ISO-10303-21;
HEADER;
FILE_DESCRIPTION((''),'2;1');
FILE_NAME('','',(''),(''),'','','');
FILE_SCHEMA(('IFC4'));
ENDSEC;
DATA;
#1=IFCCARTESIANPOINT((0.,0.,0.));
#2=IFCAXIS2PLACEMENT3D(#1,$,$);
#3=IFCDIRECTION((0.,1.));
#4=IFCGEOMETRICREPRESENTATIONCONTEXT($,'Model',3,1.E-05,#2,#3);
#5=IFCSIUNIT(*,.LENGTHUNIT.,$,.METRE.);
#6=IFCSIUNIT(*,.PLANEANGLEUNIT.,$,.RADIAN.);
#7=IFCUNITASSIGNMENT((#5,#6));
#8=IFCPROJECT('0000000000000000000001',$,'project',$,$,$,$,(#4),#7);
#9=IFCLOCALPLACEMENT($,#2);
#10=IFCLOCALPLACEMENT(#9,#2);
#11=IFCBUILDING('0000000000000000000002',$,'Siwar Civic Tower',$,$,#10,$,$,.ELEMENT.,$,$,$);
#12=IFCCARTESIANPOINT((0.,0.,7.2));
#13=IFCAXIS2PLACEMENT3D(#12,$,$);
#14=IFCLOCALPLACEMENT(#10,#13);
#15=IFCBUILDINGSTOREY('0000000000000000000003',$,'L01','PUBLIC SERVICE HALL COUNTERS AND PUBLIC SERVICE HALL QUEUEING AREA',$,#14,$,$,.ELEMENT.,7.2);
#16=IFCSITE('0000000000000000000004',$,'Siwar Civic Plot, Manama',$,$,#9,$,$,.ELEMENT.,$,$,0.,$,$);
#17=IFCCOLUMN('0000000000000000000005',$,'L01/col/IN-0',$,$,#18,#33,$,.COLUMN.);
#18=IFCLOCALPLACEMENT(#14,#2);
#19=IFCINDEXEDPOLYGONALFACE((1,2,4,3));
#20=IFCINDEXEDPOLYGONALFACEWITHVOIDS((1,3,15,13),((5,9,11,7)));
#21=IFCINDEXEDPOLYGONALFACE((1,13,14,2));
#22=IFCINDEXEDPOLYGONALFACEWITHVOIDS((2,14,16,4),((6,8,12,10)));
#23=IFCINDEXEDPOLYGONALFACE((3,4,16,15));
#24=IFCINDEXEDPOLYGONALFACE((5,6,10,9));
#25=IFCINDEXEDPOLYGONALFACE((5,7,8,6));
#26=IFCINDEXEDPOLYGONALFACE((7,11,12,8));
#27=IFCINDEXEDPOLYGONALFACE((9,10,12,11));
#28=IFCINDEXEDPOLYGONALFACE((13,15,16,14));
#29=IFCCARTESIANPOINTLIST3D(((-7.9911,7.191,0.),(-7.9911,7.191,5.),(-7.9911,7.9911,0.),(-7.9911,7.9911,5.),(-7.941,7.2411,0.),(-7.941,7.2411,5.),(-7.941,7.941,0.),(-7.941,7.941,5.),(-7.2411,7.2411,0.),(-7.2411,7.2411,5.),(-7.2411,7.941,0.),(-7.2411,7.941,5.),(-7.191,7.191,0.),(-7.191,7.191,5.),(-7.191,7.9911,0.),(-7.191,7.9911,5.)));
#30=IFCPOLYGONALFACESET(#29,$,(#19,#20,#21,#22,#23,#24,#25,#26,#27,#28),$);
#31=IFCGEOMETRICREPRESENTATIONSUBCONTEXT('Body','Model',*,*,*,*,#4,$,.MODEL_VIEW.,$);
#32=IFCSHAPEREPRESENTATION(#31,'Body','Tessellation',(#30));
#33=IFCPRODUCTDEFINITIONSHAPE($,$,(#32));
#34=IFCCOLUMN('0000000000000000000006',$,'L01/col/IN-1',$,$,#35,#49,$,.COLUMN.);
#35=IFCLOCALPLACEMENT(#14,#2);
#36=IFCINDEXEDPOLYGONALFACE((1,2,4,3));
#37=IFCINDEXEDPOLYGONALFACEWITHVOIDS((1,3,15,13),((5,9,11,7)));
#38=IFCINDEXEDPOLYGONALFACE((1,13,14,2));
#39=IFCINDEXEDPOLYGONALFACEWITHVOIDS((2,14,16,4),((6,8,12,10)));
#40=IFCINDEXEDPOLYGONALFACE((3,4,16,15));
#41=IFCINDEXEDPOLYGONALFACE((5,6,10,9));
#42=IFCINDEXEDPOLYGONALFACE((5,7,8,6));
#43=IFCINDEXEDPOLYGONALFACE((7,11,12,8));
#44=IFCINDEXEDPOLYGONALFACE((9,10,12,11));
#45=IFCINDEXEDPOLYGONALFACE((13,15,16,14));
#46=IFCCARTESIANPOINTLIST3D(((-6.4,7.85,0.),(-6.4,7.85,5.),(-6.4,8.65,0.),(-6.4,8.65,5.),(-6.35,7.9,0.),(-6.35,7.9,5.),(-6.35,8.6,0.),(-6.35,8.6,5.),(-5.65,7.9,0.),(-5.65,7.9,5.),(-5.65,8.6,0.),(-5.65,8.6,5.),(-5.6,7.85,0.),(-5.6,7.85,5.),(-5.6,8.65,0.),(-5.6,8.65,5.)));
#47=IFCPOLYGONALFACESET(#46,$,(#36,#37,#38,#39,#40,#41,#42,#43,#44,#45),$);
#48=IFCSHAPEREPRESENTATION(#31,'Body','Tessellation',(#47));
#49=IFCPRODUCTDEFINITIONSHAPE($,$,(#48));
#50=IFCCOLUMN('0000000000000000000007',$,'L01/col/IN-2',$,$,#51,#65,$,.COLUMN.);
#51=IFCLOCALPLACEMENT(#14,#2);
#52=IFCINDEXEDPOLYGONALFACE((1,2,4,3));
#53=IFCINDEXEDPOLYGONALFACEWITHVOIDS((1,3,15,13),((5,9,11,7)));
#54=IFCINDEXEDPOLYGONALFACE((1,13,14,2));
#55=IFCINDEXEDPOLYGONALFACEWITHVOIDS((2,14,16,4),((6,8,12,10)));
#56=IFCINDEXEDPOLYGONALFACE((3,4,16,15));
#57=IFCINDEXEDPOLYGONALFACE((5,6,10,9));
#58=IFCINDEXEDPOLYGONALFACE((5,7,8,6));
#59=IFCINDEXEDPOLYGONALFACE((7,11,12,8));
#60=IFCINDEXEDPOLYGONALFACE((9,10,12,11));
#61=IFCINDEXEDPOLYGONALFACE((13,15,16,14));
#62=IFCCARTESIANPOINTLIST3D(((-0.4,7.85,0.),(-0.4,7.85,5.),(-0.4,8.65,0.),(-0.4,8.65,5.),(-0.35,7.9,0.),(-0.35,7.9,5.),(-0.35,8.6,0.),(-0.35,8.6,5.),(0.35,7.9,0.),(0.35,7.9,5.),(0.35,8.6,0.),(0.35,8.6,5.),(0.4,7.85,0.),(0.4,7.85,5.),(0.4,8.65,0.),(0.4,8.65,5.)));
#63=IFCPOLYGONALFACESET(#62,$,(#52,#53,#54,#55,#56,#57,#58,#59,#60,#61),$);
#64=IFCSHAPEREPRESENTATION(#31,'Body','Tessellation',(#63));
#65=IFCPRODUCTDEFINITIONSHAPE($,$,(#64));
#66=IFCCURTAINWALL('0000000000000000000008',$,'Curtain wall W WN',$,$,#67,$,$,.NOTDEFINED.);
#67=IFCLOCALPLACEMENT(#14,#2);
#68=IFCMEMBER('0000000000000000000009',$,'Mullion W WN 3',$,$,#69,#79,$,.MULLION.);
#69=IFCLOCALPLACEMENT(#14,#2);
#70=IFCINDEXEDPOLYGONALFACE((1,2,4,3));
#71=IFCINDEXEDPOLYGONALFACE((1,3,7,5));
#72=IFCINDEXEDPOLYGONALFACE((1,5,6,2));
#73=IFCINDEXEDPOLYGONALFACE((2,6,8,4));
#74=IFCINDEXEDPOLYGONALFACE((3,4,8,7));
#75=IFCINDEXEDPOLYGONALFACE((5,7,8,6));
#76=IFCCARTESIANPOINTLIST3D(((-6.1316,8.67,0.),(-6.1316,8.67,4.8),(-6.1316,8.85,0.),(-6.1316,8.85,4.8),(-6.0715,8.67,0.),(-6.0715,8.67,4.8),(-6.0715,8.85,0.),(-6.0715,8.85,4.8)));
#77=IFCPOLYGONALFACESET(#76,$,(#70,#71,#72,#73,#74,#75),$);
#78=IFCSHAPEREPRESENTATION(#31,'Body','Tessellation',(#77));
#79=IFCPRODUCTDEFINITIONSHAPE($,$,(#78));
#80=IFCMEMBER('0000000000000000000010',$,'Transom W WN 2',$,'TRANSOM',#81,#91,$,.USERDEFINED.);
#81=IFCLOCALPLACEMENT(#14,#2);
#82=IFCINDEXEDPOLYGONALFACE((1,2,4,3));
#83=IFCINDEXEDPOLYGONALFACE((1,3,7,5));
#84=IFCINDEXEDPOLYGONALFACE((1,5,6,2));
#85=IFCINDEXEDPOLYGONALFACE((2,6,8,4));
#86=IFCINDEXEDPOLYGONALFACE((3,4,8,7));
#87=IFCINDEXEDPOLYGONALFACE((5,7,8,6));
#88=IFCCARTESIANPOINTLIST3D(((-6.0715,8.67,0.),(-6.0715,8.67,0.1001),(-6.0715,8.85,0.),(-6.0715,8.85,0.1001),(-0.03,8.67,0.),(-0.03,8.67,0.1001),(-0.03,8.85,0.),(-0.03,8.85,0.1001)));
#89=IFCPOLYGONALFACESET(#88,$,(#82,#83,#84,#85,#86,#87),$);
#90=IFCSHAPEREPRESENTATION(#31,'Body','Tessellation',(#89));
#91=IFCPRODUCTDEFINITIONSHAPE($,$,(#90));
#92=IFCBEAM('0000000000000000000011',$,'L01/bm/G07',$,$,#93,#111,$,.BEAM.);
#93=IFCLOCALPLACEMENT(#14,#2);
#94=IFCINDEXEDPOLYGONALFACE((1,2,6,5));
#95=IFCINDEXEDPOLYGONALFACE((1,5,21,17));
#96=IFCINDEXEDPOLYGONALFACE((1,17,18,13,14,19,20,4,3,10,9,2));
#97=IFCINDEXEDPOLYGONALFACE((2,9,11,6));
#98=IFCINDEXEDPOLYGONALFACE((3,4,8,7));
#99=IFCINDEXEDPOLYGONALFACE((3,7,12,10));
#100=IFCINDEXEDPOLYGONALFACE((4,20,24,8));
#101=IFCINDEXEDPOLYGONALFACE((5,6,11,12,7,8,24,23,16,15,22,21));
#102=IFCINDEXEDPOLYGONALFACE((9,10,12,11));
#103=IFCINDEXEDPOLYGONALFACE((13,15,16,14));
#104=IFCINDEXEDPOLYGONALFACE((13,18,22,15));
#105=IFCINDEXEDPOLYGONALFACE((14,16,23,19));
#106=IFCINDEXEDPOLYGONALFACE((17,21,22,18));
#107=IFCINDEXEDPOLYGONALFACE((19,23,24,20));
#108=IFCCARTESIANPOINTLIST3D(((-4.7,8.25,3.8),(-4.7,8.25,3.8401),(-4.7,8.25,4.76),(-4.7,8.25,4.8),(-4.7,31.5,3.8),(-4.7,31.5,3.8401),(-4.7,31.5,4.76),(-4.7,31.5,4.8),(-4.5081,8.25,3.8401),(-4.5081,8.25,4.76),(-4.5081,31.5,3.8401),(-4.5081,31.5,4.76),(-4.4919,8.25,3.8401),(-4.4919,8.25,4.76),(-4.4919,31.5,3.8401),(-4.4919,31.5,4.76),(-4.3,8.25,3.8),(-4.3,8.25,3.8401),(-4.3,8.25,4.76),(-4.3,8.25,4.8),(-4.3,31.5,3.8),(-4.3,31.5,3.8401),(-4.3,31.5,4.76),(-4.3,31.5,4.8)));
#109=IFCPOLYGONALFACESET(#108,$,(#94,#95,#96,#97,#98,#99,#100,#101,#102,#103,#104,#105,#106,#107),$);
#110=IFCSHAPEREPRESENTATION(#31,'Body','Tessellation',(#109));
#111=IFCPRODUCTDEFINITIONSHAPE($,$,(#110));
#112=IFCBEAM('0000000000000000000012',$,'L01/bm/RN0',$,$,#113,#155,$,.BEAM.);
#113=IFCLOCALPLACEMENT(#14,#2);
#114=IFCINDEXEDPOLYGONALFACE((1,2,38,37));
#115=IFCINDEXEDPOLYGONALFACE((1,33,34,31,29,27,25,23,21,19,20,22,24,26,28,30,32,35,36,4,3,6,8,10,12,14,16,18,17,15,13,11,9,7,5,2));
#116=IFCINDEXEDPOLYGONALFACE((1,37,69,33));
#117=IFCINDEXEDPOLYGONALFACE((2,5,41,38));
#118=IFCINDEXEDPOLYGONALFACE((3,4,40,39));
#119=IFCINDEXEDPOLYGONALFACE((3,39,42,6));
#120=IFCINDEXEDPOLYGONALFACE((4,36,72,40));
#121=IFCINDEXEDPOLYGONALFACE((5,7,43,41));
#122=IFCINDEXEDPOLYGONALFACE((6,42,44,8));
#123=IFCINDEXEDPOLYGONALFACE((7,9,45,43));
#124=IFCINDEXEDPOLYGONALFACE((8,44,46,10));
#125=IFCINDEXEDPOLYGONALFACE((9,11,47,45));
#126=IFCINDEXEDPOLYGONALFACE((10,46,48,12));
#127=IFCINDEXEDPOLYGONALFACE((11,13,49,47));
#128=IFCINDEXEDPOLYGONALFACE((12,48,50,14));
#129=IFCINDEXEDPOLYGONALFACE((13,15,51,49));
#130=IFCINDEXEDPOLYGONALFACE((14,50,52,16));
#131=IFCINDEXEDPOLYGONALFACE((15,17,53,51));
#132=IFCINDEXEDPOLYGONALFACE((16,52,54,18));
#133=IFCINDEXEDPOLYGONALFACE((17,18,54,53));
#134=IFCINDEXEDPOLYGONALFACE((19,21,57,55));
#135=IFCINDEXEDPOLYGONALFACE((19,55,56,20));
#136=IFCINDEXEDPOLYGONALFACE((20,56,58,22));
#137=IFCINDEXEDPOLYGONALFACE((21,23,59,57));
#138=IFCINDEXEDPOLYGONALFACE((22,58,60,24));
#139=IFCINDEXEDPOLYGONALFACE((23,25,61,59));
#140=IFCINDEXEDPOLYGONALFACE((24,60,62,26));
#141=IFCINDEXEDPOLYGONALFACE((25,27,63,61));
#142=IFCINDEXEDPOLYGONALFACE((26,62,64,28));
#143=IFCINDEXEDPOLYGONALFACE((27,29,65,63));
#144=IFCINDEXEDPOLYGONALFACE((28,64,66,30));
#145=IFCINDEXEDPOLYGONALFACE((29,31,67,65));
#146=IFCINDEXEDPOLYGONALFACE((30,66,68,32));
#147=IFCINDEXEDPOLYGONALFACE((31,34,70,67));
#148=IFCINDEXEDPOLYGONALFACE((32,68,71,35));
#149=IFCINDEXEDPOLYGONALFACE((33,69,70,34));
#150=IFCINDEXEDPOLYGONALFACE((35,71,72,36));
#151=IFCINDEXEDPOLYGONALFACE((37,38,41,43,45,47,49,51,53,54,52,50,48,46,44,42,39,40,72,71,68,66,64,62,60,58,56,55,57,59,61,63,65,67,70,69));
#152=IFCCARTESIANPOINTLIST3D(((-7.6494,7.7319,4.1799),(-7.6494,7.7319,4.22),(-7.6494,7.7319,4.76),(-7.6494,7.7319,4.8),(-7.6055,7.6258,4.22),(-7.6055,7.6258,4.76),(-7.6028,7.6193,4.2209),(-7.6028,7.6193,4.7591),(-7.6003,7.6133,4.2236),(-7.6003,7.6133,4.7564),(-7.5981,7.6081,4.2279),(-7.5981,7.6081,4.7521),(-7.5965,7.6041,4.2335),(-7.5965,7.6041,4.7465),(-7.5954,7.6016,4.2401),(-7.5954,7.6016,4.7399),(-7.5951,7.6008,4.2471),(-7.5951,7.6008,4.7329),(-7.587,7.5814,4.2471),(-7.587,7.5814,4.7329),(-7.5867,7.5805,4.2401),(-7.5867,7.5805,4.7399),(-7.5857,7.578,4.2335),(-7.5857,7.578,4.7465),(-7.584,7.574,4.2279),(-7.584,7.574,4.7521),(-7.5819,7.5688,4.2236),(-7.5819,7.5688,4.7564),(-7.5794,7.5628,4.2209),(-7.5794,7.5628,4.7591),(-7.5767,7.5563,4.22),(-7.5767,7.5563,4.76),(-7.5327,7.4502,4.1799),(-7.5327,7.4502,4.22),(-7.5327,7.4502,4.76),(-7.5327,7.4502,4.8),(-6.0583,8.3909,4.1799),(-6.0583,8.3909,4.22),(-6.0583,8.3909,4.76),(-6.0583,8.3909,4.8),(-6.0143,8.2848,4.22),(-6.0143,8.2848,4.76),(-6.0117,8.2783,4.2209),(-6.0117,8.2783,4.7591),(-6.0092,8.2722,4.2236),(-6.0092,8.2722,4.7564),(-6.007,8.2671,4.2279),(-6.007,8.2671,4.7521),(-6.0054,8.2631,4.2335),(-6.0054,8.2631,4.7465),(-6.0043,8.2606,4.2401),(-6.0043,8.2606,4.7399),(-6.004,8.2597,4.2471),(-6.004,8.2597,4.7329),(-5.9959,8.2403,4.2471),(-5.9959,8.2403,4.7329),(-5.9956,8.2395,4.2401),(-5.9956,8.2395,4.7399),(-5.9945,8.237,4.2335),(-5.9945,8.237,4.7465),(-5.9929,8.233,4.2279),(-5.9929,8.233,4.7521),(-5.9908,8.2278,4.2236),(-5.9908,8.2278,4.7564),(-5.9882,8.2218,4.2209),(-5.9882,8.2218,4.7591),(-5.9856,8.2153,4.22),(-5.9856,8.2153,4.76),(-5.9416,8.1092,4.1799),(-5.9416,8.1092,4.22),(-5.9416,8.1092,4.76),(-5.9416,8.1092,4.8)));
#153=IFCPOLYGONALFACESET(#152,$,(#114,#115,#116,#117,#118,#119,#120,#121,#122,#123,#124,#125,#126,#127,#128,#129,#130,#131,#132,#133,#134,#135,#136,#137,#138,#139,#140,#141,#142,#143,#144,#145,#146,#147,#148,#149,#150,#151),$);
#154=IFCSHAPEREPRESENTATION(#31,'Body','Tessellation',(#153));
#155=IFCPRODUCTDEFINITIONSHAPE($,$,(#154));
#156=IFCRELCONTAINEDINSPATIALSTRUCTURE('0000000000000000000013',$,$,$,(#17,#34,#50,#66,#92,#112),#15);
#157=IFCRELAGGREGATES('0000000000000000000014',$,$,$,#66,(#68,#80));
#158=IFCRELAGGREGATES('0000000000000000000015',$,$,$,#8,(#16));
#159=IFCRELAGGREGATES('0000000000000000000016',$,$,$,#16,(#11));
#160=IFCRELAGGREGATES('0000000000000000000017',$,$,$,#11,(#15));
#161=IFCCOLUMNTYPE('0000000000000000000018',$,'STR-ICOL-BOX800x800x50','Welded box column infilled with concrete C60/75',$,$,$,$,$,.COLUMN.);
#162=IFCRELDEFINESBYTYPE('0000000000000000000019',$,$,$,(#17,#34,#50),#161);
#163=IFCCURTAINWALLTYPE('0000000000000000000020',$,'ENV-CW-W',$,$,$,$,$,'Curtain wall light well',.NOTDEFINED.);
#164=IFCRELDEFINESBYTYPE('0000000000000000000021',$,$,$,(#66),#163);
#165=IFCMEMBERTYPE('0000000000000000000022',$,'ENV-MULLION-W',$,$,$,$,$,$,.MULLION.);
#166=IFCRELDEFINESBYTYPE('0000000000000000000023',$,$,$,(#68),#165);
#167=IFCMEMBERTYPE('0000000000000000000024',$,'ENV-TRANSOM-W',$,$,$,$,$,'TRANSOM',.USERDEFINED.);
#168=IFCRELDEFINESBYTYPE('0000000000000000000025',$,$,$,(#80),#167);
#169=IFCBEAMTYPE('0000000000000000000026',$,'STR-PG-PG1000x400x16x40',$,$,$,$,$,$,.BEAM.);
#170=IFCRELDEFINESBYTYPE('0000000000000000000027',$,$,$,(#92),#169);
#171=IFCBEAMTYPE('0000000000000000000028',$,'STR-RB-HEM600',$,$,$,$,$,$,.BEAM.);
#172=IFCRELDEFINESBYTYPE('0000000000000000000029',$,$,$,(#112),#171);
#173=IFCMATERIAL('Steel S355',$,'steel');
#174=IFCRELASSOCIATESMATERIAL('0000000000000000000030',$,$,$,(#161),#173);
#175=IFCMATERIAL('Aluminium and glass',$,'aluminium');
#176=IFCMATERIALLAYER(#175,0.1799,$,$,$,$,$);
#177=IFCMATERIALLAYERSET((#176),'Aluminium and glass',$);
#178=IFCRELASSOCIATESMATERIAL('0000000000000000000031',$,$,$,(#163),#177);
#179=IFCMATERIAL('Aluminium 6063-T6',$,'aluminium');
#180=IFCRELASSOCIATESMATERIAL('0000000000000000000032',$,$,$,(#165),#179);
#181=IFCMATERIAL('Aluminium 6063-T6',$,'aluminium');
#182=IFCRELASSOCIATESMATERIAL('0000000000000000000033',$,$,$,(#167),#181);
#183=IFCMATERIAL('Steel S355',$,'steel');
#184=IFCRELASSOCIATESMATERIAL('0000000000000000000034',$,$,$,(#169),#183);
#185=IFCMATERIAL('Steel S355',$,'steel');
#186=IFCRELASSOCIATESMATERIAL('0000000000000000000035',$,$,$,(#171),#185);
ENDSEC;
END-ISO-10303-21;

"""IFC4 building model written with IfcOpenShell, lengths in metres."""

from ifc_helpers import new_model, si_unit, direction, frame, origin, origin_2d, place, context, subcontext, project, spatial, rectangle, hollow_rectangle, i_section, extrude, material, layer, layer_set, material_profile, profile_set, type_object, element, aggregate, save


model = new_model("IFC4")

# Units and contexts
model_context = context("Model", 3, precision=1e-05, world=origin(), true_north=direction((0.0, 1.0)))
body_context = subcontext(model_context, "Body", "Model", "MODEL_VIEW")
ifc_project = project(units=[si_unit("LENGTHUNIT", "METRE"), si_unit("PLANEANGLEUNIT", "RADIAN")], contexts=[model_context])

# Site, building, storey
site_placement = place(None, origin())
site = spatial("IfcSite", under=ifc_project, at=site_placement, Name="Siwar Civic Plot, Manama", CompositionType="ELEMENT", RefElevation=0.0)
building_placement = place(site_placement, origin())
building = spatial("IfcBuilding", under=site, at=building_placement, Name="Siwar Civic Tower", CompositionType="ELEMENT")
storey_placement = place(building_placement, frame((0.0, 0.0, 7.2)))
storey = spatial("IfcBuildingStorey", under=building, at=storey_placement, Name="L01", Description="PUBLIC SERVICE HALL COUNTERS AND PUBLIC SERVICE HALL QUEUEING AREA", CompositionType="ELEMENT", Elevation=7.2)

# Columns
ifc_material_1 = material(Name="Steel S355", Category="steel")
ifc_material_profile_1 = material_profile(ifc_material_1, hollow_rectangle(XDim=0.8, YDim=0.8, WallThickness=0.05, at=origin_2d()), Name="BOX800x800x50")
ifc_profile_set_1 = profile_set([ifc_material_profile_1], Name="Steel S355")
column_type = type_object("IfcColumnType", Name="STR-ICOL-BOX800x800x50", Description="Welded box column infilled with concrete C60/75", PredefinedType="COLUMN", material=ifc_profile_set_1)
for number, where, z_axis, x_axis, name in (
    (1, (-7.5911, 7.5911, 0.0), (0.0, 0.0, 1.0), (1.0, 0.0, 0.0), "L01/col/IN-0"),
    (2, (-6.0, 8.25, 0.0), (0.0, 0.0, 1.0), (1.0, 0.0, 0.0), "L01/col/IN-1"),
    (3, (0.0, 8.25, 0.0), (0.0, 0.0, 1.0), (1.0, 0.0, 0.0), "L01/col/IN-2"),
):
    element("IfcColumn", number, at=place(storey_placement, frame(where, z_axis=z_axis, x_axis=x_axis)), inside=storey, type_object=column_type, Name=name, PredefinedType="COLUMN", context=body_context, shape_type="SweptSolid", body=[
        extrude(hollow_rectangle(XDim=0.8, YDim=0.8, WallThickness=0.05, at=origin_2d()), origin(), (0.0, 0.0, 1.0), 5.0),
    ])

# Curtain wall, members
ifc_material_2 = material(Name="Aluminium and glass", Category="aluminium")
ifc_layer_1 = layer(ifc_material_2, 0.1799)
ifc_layer_set_1 = layer_set([ifc_layer_1], Name="Aluminium and glass")
curtain_wall_type = type_object("IfcCurtainWallType", Name="ENV-CW-W", ElementType="Curtain wall light well", PredefinedType="NOTDEFINED", material=ifc_layer_set_1)
curtain_wall_placement = place(storey_placement, origin())
curtain_wall = element("IfcCurtainWall", 4, at=curtain_wall_placement, inside=storey, type_object=curtain_wall_type, Name="Curtain wall W WN", PredefinedType="NOTDEFINED")
ifc_material_3 = material(Name="Aluminium 6063-T6", Category="aluminium")
ifc_material_profile_2 = material_profile(ifc_material_3, rectangle(XDim=0.1799, YDim=0.0601, at=origin_2d()), Name="AL 180x60")
ifc_profile_set_2 = profile_set([ifc_material_profile_2], Name="Aluminium 6063-T6")
member_type_1 = type_object("IfcMemberType", Name="ENV-MULLION-W", PredefinedType="MULLION", material=ifc_profile_set_2)
member_1_placement = place(storey_placement, frame((-6.1016, 8.76, 0.0), z_axis=(0.0, 0.0, 1.0), x_axis=(0.0, -1.0, 0.0)))
member_1 = element("IfcMember", 5, at=member_1_placement, type_object=member_type_1, Name="Mullion W WN 3", PredefinedType="MULLION", context=body_context, shape_type="SweptSolid", body=[
    extrude(rectangle(XDim=0.1799, YDim=0.0601, at=origin_2d()), origin(), (0.0, 0.0, 1.0), 4.8),
])
ifc_material_4 = material(Name="Aluminium 6063-T6", Category="aluminium")
ifc_material_profile_3 = material_profile(ifc_material_4, rectangle(XDim=0.1799, YDim=0.1001, at=origin_2d()), Name="AL 180x100")
ifc_profile_set_3 = profile_set([ifc_material_profile_3], Name="Aluminium 6063-T6")
member_type_2 = type_object("IfcMemberType", Name="ENV-TRANSOM-W", ElementType="TRANSOM", PredefinedType="USERDEFINED", material=ifc_profile_set_3)
member_2_placement = place(storey_placement, frame((-0.03, 8.76, 0.05), z_axis=(-1.0, 0.0, 0.0), x_axis=(0.0, -1.0, 0.0)))
member_2 = element("IfcMember", 6, at=member_2_placement, type_object=member_type_2, Name="Transom W WN 2", ObjectType="TRANSOM", PredefinedType="USERDEFINED", context=body_context, shape_type="SweptSolid", body=[
    extrude(rectangle(XDim=0.1799, YDim=0.1001, at=origin_2d()), origin(), (0.0, 0.0, 1.0), 6.0415),
])

# Beams
ifc_material_5 = material(Name="Steel S355", Category="steel")
ifc_material_profile_4 = material_profile(ifc_material_5, i_section(OverallWidth=0.3999, OverallDepth=1.0, WebThickness=0.0161, FlangeThickness=0.04, at=origin_2d()), Name="PG1000x400x16x40")
ifc_profile_set_4 = profile_set([ifc_material_profile_4], Name="Steel S355")
beam_type_1 = type_object("IfcBeamType", Name="STR-PG-PG1000x400x16x40", PredefinedType="BEAM", material=ifc_profile_set_4)
beam_1_placement = place(storey_placement, frame((-4.5, 8.25, 4.3), z_axis=(0.0, 1.0, 0.0), x_axis=(-1.0, 0.0, 0.0)))
element("IfcBeam", 7, at=beam_1_placement, inside=storey, type_object=beam_type_1, Name="L01/bm/G07", PredefinedType="BEAM", context=body_context, shape_type="SweptSolid", body=[
    extrude(i_section(OverallWidth=0.3999, OverallDepth=1.0, WebThickness=0.0161, FlangeThickness=0.04, at=origin_2d()), origin(), (0.0, 0.0, 1.0), 23.25),
])
ifc_material_6 = material(Name="Steel S355", Category="steel")
ifc_material_profile_5 = material_profile(ifc_material_6, i_section(OverallWidth=0.3049, OverallDepth=0.6201, WebThickness=0.021, FlangeThickness=0.04, FilletRadius=0.0271, at=origin_2d()), Name="HEM600")
ifc_profile_set_5 = profile_set([ifc_material_profile_5], Name="Steel S355")
beam_type_2 = type_object("IfcBeamType", Name="STR-RB-HEM600", PredefinedType="BEAM", material=ifc_profile_set_5)
beam_2_placement = place(storey_placement, frame((-7.5911, 7.5911, 4.49), z_axis=(0.923901, 0.382631, 0.0), x_axis=(-0.382631, 0.923901, 0.0)))
element("IfcBeam", 8, at=beam_2_placement, inside=storey, type_object=beam_type_2, Name="L01/bm/RN0", PredefinedType="BEAM", context=body_context, shape_type="SweptSolid", body=[
    extrude(i_section(OverallWidth=0.3049, OverallDepth=0.6201, WebThickness=0.021, FlangeThickness=0.04, FilletRadius=0.0271, at=origin_2d()), origin(), (0.0, 0.0, 1.0), 1.7222),
])

aggregate(curtain_wall, [member_1, member_2])

save(model, "model.ifc")
